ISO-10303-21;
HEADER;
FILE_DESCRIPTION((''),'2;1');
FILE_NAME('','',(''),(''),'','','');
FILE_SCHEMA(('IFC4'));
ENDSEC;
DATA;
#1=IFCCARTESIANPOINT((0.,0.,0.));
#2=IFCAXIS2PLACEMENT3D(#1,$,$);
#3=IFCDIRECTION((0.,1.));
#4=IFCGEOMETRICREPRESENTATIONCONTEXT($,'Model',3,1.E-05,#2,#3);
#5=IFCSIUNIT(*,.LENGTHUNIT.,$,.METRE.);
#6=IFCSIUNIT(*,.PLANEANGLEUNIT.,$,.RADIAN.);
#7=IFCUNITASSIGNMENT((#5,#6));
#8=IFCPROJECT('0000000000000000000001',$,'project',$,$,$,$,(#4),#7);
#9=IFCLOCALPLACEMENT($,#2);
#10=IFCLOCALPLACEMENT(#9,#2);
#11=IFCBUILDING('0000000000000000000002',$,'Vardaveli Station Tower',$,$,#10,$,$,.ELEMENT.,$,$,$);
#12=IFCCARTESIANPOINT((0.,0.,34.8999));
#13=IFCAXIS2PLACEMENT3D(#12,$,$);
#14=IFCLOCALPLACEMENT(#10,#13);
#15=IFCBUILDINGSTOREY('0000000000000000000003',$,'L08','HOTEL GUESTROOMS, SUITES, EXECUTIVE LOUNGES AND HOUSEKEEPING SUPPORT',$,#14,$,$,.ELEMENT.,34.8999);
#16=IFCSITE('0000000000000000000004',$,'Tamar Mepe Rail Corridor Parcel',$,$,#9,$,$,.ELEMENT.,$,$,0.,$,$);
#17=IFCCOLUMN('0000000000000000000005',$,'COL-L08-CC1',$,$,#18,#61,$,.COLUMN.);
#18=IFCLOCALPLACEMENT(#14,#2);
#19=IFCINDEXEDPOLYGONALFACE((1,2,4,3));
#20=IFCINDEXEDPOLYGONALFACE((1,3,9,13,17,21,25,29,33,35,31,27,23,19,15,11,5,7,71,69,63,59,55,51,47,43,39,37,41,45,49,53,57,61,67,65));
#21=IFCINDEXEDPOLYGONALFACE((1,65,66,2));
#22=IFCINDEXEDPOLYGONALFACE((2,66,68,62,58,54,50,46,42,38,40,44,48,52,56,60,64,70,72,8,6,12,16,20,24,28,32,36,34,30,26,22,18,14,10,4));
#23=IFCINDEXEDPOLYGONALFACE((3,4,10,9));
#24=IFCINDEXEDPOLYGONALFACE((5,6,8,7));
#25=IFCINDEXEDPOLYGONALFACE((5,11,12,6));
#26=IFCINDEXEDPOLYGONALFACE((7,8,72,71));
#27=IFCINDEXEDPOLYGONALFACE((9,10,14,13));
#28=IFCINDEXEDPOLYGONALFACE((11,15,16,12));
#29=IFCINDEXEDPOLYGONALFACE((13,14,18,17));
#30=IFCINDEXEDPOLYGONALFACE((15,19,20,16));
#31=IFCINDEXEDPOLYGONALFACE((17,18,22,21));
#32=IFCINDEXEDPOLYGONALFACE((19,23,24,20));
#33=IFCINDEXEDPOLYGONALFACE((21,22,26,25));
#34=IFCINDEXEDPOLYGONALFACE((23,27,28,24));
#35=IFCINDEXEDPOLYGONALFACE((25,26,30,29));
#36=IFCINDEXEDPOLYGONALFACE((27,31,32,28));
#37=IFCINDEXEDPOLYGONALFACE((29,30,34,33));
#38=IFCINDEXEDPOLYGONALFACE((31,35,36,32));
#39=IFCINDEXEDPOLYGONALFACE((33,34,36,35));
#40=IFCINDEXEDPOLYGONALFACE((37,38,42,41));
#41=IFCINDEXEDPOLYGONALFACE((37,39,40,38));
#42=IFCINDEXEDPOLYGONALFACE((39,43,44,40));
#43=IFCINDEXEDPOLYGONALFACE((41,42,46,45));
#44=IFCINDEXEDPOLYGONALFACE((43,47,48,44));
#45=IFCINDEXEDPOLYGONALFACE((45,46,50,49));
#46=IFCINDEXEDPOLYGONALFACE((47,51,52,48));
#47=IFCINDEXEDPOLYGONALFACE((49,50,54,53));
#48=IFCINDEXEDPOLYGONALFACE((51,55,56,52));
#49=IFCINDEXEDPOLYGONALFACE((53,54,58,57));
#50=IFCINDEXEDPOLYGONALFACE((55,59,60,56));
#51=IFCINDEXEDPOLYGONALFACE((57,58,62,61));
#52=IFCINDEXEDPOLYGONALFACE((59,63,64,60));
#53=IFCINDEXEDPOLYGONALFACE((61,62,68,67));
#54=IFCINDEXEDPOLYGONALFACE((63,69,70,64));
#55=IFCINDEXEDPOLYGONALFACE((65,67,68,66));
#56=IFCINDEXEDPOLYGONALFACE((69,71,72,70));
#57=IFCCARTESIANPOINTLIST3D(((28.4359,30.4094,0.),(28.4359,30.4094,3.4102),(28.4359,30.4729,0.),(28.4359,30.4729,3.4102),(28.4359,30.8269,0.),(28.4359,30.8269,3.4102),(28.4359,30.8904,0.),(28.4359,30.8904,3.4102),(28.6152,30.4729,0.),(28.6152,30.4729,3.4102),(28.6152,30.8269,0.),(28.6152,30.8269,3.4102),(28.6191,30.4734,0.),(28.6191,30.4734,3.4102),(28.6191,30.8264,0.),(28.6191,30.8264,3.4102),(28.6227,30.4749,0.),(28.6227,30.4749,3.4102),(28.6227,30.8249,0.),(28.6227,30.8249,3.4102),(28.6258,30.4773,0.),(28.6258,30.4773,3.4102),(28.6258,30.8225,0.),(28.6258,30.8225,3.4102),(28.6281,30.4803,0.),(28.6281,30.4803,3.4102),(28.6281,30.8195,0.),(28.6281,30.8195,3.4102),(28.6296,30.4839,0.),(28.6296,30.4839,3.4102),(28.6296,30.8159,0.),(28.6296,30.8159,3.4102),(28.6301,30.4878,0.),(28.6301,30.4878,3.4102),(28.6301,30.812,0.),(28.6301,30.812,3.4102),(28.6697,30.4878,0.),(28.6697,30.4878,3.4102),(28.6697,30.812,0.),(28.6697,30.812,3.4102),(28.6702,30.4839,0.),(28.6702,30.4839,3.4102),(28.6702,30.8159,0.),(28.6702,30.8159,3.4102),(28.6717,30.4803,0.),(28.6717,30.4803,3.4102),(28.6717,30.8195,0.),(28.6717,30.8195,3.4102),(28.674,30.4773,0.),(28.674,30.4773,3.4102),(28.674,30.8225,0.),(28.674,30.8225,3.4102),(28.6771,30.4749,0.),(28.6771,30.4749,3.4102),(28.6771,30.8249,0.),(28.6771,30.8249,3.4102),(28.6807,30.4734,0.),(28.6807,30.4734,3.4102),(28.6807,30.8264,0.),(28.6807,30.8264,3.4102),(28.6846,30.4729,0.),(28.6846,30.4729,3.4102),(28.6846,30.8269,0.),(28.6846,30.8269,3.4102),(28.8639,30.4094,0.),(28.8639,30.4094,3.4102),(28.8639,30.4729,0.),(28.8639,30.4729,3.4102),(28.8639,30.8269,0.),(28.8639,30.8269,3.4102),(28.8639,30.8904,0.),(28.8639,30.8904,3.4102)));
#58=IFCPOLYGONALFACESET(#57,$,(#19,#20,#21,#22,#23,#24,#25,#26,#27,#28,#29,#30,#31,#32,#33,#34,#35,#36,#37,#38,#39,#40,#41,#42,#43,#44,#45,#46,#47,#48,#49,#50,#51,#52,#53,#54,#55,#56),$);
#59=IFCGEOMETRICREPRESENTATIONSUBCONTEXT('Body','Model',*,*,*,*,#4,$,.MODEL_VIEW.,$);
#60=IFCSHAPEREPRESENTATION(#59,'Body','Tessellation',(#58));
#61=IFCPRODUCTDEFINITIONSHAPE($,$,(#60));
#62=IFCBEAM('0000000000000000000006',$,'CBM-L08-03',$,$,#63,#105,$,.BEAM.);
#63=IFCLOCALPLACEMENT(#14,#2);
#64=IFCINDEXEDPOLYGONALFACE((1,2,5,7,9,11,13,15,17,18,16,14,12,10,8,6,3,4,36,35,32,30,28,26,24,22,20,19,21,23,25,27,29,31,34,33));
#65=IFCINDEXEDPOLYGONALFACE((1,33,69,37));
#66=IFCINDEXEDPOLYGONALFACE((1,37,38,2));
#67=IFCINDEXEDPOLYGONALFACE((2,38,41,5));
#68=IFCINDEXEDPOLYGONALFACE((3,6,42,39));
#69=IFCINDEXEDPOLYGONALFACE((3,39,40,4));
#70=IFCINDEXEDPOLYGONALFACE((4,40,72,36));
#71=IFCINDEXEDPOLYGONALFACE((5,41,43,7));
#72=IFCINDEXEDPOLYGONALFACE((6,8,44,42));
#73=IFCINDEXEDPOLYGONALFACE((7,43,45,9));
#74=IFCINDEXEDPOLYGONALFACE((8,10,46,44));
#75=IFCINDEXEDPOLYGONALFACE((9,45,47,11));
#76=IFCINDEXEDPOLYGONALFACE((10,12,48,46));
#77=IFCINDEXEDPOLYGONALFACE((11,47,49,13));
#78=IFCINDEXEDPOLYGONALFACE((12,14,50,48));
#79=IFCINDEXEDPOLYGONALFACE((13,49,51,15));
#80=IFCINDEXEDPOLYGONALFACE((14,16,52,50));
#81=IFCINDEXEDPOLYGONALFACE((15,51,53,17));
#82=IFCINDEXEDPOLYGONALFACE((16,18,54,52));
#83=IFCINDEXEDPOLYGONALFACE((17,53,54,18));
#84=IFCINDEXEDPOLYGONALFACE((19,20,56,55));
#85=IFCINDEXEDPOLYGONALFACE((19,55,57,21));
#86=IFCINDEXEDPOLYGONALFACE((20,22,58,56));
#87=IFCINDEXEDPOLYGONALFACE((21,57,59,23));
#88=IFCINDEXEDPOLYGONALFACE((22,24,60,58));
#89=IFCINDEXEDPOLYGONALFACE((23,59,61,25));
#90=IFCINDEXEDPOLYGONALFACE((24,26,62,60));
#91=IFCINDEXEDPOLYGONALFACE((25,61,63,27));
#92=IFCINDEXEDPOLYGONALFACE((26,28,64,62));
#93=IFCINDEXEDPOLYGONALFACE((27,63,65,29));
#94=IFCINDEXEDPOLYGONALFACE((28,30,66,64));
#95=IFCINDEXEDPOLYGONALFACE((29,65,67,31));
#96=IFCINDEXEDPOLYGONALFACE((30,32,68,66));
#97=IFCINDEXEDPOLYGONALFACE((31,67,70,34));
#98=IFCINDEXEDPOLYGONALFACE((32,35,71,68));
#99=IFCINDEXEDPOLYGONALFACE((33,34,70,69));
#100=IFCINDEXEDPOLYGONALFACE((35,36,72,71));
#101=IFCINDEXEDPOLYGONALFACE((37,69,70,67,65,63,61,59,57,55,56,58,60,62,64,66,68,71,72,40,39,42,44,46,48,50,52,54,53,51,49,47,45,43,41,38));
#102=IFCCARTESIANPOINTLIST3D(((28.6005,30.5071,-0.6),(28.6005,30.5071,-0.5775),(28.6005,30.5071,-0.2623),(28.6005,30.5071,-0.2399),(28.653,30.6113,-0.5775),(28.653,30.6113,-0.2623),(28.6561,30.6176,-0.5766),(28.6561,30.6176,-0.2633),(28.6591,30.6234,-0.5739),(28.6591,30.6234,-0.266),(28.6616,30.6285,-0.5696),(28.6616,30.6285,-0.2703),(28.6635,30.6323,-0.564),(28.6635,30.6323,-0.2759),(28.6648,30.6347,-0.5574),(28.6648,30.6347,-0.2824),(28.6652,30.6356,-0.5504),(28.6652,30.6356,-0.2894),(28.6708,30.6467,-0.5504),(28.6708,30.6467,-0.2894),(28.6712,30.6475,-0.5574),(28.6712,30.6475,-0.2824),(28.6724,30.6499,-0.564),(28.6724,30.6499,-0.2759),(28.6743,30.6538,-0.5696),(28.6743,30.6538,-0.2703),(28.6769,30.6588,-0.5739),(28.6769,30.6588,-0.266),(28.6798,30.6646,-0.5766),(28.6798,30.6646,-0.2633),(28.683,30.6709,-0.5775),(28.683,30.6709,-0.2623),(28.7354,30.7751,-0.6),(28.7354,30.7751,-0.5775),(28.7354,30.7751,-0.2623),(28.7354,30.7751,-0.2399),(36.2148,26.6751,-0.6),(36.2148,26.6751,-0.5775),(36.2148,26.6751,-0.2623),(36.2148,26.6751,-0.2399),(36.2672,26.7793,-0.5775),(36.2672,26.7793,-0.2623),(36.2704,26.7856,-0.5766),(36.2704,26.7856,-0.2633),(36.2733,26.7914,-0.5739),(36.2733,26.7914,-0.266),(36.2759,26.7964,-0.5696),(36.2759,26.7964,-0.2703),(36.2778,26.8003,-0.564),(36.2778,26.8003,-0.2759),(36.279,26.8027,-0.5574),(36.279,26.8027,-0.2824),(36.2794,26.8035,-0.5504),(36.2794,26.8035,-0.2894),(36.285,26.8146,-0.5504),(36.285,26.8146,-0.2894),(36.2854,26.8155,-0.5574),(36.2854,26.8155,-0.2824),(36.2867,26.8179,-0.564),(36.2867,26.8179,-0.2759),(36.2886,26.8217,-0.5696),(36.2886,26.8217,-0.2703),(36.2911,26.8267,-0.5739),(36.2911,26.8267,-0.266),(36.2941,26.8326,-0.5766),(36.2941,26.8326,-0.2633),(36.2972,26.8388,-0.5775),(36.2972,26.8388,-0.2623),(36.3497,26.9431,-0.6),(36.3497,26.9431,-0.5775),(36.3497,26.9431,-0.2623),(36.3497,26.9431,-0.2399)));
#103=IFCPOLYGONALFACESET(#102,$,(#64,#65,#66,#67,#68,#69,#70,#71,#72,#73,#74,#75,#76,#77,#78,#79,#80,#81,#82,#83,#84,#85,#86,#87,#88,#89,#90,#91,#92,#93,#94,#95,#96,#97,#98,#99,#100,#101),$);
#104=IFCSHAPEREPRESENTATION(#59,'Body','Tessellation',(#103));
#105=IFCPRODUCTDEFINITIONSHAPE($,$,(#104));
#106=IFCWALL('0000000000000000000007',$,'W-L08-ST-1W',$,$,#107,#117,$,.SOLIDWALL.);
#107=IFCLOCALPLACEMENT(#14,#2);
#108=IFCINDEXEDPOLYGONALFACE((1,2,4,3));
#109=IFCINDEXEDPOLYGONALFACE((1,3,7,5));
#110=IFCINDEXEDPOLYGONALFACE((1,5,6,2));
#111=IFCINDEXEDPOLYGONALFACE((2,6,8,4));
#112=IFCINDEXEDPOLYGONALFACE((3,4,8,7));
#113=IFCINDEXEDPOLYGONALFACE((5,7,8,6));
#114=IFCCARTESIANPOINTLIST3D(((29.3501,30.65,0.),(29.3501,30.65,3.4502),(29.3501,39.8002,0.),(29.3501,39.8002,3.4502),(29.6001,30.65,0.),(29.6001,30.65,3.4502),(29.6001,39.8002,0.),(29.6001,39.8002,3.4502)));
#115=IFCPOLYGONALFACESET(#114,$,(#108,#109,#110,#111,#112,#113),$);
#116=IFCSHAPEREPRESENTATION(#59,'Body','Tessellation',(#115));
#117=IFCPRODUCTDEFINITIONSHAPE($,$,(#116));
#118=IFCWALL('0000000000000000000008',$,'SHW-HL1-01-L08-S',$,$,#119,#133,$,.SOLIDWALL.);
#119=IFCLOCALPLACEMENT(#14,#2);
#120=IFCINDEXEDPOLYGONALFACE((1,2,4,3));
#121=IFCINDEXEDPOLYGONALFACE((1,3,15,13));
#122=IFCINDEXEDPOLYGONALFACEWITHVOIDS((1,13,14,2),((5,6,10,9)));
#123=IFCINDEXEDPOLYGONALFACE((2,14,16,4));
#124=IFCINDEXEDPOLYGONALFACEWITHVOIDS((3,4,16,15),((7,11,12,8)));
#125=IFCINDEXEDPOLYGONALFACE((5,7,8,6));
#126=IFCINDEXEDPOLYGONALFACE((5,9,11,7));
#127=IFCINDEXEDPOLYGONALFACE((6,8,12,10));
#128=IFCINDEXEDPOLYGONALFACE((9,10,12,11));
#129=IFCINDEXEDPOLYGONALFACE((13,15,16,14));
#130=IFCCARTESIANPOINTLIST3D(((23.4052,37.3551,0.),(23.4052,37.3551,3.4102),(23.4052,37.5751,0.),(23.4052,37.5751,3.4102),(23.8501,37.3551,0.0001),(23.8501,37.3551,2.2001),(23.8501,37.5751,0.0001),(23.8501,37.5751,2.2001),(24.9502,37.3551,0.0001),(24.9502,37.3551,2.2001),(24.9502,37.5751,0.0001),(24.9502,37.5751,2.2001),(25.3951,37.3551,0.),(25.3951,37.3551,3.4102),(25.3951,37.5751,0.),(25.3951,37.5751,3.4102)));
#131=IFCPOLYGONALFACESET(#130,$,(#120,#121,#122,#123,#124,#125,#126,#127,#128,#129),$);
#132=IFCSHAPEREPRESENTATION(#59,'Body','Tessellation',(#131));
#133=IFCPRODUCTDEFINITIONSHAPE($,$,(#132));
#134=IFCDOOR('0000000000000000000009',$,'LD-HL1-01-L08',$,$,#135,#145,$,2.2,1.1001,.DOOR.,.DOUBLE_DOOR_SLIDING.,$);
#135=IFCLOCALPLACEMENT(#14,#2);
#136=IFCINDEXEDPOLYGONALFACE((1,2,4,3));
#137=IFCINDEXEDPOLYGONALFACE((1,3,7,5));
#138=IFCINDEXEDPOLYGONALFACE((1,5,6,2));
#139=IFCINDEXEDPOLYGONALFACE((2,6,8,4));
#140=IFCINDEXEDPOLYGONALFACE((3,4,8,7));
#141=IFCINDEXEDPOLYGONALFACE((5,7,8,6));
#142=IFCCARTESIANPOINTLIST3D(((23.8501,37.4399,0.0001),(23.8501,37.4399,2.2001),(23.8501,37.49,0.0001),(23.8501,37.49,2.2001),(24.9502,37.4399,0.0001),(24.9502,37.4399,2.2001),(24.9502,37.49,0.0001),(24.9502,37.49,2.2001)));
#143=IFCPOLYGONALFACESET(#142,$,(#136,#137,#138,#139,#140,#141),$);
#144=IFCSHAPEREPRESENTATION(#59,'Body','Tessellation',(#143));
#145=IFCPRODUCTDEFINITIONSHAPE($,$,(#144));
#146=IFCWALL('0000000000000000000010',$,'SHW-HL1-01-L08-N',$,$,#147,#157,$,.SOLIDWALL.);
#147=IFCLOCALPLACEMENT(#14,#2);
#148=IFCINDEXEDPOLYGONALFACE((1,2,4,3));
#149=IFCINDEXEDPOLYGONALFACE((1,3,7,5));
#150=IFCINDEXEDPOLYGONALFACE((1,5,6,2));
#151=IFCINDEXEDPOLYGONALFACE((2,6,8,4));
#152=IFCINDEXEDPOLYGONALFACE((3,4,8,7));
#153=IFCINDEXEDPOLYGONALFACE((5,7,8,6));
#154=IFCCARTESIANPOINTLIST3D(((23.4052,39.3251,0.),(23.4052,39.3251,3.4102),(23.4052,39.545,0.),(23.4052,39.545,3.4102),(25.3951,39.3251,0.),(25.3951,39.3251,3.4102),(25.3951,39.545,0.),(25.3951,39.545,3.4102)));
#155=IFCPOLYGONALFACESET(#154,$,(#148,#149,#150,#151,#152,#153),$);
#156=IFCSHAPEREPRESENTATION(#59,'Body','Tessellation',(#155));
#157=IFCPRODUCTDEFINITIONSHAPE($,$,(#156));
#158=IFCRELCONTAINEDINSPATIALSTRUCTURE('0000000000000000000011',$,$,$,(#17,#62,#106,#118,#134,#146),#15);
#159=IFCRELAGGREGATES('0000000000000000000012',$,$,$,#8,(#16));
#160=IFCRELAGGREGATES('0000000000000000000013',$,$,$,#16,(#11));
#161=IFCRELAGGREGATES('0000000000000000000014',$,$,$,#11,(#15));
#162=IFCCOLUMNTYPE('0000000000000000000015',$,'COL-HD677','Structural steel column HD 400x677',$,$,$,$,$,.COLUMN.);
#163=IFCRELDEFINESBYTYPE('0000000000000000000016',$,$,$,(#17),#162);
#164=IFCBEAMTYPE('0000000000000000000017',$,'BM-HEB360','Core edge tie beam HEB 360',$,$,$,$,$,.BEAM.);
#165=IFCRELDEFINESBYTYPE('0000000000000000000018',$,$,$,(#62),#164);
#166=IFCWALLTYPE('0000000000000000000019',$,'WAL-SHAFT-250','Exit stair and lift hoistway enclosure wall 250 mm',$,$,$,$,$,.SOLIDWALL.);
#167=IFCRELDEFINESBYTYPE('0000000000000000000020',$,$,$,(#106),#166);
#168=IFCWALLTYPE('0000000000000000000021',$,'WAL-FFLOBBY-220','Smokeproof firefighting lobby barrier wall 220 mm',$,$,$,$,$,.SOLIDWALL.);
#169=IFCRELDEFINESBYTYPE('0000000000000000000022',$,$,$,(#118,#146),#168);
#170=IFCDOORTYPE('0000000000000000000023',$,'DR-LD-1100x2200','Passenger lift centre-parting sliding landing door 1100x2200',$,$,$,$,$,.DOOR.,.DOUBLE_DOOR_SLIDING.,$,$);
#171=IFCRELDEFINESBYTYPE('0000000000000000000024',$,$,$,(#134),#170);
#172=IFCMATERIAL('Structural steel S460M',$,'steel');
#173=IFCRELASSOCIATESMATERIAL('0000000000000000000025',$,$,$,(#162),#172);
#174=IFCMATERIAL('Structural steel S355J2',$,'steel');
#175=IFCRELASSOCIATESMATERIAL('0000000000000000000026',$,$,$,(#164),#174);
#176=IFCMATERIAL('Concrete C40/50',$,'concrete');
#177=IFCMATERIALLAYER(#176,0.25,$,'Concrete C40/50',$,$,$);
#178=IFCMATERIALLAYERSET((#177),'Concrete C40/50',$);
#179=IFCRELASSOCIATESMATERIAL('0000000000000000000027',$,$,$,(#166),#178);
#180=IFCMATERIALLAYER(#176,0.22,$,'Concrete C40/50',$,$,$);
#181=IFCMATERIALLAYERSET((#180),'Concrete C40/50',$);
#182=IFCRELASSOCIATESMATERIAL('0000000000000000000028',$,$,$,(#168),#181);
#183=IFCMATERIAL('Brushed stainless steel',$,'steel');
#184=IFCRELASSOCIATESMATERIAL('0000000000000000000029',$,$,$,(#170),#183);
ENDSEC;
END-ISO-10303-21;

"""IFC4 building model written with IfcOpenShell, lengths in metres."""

from ifc_helpers import new_model, si_unit, direction, frame, frame_2d, origin, origin_2d, place, context, subcontext, project, spatial, rectangle, i_section, extrude, source, transform, mapped, material, layer, layer_set, material_profile, profile_set, type_object, element, fill, save


model = new_model("IFC4")

# Units and contexts
model_context = context("Model", 3, precision=1e-05, world=origin(), true_north=direction((0.0, 1.0)))
body_context = subcontext(model_context, "Body", "Model", "MODEL_VIEW")
ifc_project = project(units=[si_unit("LENGTHUNIT", "METRE"), si_unit("PLANEANGLEUNIT", "RADIAN")], contexts=[model_context])

# Site, building, storey
site_placement = place(None, origin())
site = spatial("IfcSite", under=ifc_project, at=site_placement, Name="Tamar Mepe Rail Corridor Parcel", CompositionType="ELEMENT", RefElevation=0.0)
building_placement = place(site_placement, origin())
building = spatial("IfcBuilding", under=site, at=building_placement, Name="Vardaveli Station Tower", CompositionType="ELEMENT")
storey_placement = place(building_placement, frame((0.0, 0.0, 34.8999)))
storey = spatial("IfcBuildingStorey", under=building, at=storey_placement, Name="L08", Description="HOTEL GUESTROOMS, SUITES, EXECUTIVE LOUNGES AND HOUSEKEEPING SUPPORT", CompositionType="ELEMENT", Elevation=34.8999)

# Column
ifc_material_1 = material(Name="Structural steel S460M", Category="steel")
ifc_material_profile_1 = material_profile(ifc_material_1, i_section(OverallWidth=0.428, OverallDepth=0.481, WebThickness=0.0396, FlangeThickness=0.0635, FilletRadius=0.0149, at=origin_2d()), Name="HD 400x677")
ifc_profile_set_1 = profile_set([ifc_material_profile_1], Name="Structural steel S460M")
column_type = type_object("IfcColumnType", Name="COL-HD677", Description="Structural steel column HD 400x677", PredefinedType="COLUMN", material=ifc_profile_set_1)
shared_shape_1 = source(origin(), body_context, "Body", "SweptSolid", [
    extrude(i_section(OverallWidth=0.428, OverallDepth=0.481, WebThickness=0.0396, FlangeThickness=0.0635, FilletRadius=0.0149, at=origin_2d()), origin(), (0.0, 0.0, 1.0), 3.4102),
])
column_placement = place(storey_placement, frame((28.6499, 30.6499, 0.0), z_axis=(0.0, 0.0, 1.0), x_axis=(1.0, 0.0, 0.0)))
element("IfcColumn", 1, at=column_placement, inside=storey, type_object=column_type, Name="COL-L08-CC1", PredefinedType="COLUMN", context=body_context, shape_type="MappedRepresentation", body=[
    mapped(shared_shape_1, transform((0.0, 0.0, 0.0), scale=1.0)),
])

# Beam
ifc_material_2 = material(Name="Structural steel S355J2", Category="steel")
ifc_material_profile_2 = material_profile(ifc_material_2, i_section(OverallWidth=0.3, OverallDepth=0.3601, WebThickness=0.0125, FlangeThickness=0.0225, FilletRadius=0.0271, at=origin_2d()), Name="HEB 360")
ifc_profile_set_2 = profile_set([ifc_material_profile_2], Name="Structural steel S355J2")
beam_type = type_object("IfcBeamType", Name="BM-HEB360", Description="Core edge tie beam HEB 360", PredefinedType="BEAM", material=ifc_profile_set_2)
shared_shape_2 = source(origin(), body_context, "Body", "SweptSolid", [
    extrude(i_section(OverallWidth=0.3, OverallDepth=0.3601, WebThickness=0.0125, FlangeThickness=0.0225, FilletRadius=0.0271, at=origin_2d()), origin(), (0.0, 0.0, 1.0), 8.5242),
])
beam_placement = place(storey_placement, frame((28.668, 30.6411, -0.4199), z_axis=(0.893256, -0.449549, 0.0), x_axis=(0.449549, 0.893256, 0.0)))
element("IfcBeam", 2, at=beam_placement, inside=storey, type_object=beam_type, Name="CBM-L08-03", PredefinedType="BEAM", context=body_context, shape_type="MappedRepresentation", body=[
    mapped(shared_shape_2, transform((0.0, 0.0, 0.0), scale=1.0)),
])

# Wall
ifc_material_3 = material(Name="Concrete C40/50", Category="concrete")
ifc_layer_1 = layer(ifc_material_3, 0.25, Name="Concrete C40/50")
ifc_layer_set_1 = layer_set([ifc_layer_1], Name="Concrete C40/50")
wall_type_1 = type_object("IfcWallType", Name="WAL-SHAFT-250", Description="Exit stair and lift hoistway enclosure wall 250 mm", PredefinedType="SOLIDWALL", material=ifc_layer_set_1)
shared_shape_3 = source(origin(), body_context, "Body", "SweptSolid", [
    extrude(rectangle(XDim=9.1501, YDim=0.25, at=frame_2d((4.5752, 0.0))), origin(), (0.0, 0.0, 1.0), 3.4502),
])
wall_1_placement = place(storey_placement, frame((29.4751, 30.6499, 0.0), z_axis=(0.0, 0.0, 1.0), x_axis=(0.0, 1.0, 0.0)))
element("IfcWall", 3, at=wall_1_placement, inside=storey, type_object=wall_type_1, Name="W-L08-ST-1W", PredefinedType="SOLIDWALL", context=body_context, shape_type="MappedRepresentation", body=[
    mapped(shared_shape_3, transform((0.0, 0.0, 0.0), scale=1.0)),
])

# Wall, opening, door
ifc_layer_2 = layer(ifc_material_3, 0.22, Name="Concrete C40/50")
ifc_layer_set_2 = layer_set([ifc_layer_2], Name="Concrete C40/50")
wall_type_2 = type_object("IfcWallType", Name="WAL-FFLOBBY-220", Description="Smokeproof firefighting lobby barrier wall 220 mm", PredefinedType="SOLIDWALL", material=ifc_layer_set_2)
shared_shape_4 = source(origin(), body_context, "Body", "SweptSolid", [
    extrude(rectangle(XDim=1.99, YDim=0.22, at=frame_2d((0.9951, 0.0))), origin(), (0.0, 0.0, 1.0), 3.4102),
])
wall_2_placement = place(storey_placement, frame((23.405, 37.4651, 0.0), z_axis=(0.0, 0.0, 1.0), x_axis=(1.0, 0.0, 0.0)))
wall_2 = element("IfcWall", 4, at=wall_2_placement, inside=storey, type_object=wall_type_2, Name="SHW-HL1-01-L08-S", PredefinedType="SOLIDWALL", context=body_context, shape_type="MappedRepresentation", body=[
    mapped(shared_shape_4, transform((0.0, 0.0, 0.0), scale=1.0)),
])
shared_shape_5 = source(origin(), body_context, "Body", "SweptSolid", [
    extrude(rectangle(XDim=1.1001, YDim=2.2, at=frame_2d((0.55, 1.1001))), frame((0.0, 0.1201, 0.0), z_axis=(0.0, -1.0, 0.0), x_axis=(1.0, 0.0, 0.0)), (0.0, 0.0, 1.0), 0.24),
])
opening_1_placement = place(wall_2_placement, frame((0.4451, 0.0, 0.0)))
opening_1 = element("IfcOpeningElement", 5, at=opening_1_placement, cuts=wall_2, PredefinedType="OPENING", context=body_context, shape_type="MappedRepresentation", body=[
    mapped(shared_shape_5, transform((0.0, 0.0, 0.0), scale=1.0)),
])
ifc_material_4 = material(Name="Brushed stainless steel", Category="steel")
door_type = type_object("IfcDoorType", Name="DR-LD-1100x2200", Description="Passenger lift centre-parting sliding landing door 1100x2200", OperationType="DOUBLE_DOOR_SLIDING", PredefinedType="DOOR", material=ifc_material_4)
shared_shape_6 = source(origin(), body_context, "Body", "SweptSolid", [
    extrude(rectangle(XDim=1.1001, YDim=2.2, at=frame_2d((0.55, 1.1001))), frame((0.0, 0.0249, 0.0), z_axis=(0.0, -1.0, 0.0), x_axis=(1.0, 0.0, 0.0)), (0.0, 0.0, 1.0), 0.05),
])
door_1_placement = place(opening_1_placement, origin())
door_1 = element("IfcDoor", 6, at=door_1_placement, inside=storey, type_object=door_type, Name="LD-HL1-01-L08", OperationType="DOUBLE_DOOR_SLIDING", OverallHeight=2.2, OverallWidth=1.1001, PredefinedType="DOOR", context=body_context, shape_type="MappedRepresentation", body=[
    mapped(shared_shape_6, transform((0.0, 0.0, 0.0), scale=1.0)),
])
fill(opening_1, door_1)

# Wall
wall_3_placement = place(storey_placement, frame((23.405, 39.4351, 0.0), z_axis=(0.0, 0.0, 1.0), x_axis=(1.0, 0.0, 0.0)))
element("IfcWall", 7, at=wall_3_placement, inside=storey, type_object=wall_type_2, Name="SHW-HL1-01-L08-N", PredefinedType="SOLIDWALL", context=body_context, shape_type="MappedRepresentation", body=[
    mapped(shared_shape_4, transform((0.0, 0.0, 0.0), scale=1.0)),
])

save(model, "model.ifc")
